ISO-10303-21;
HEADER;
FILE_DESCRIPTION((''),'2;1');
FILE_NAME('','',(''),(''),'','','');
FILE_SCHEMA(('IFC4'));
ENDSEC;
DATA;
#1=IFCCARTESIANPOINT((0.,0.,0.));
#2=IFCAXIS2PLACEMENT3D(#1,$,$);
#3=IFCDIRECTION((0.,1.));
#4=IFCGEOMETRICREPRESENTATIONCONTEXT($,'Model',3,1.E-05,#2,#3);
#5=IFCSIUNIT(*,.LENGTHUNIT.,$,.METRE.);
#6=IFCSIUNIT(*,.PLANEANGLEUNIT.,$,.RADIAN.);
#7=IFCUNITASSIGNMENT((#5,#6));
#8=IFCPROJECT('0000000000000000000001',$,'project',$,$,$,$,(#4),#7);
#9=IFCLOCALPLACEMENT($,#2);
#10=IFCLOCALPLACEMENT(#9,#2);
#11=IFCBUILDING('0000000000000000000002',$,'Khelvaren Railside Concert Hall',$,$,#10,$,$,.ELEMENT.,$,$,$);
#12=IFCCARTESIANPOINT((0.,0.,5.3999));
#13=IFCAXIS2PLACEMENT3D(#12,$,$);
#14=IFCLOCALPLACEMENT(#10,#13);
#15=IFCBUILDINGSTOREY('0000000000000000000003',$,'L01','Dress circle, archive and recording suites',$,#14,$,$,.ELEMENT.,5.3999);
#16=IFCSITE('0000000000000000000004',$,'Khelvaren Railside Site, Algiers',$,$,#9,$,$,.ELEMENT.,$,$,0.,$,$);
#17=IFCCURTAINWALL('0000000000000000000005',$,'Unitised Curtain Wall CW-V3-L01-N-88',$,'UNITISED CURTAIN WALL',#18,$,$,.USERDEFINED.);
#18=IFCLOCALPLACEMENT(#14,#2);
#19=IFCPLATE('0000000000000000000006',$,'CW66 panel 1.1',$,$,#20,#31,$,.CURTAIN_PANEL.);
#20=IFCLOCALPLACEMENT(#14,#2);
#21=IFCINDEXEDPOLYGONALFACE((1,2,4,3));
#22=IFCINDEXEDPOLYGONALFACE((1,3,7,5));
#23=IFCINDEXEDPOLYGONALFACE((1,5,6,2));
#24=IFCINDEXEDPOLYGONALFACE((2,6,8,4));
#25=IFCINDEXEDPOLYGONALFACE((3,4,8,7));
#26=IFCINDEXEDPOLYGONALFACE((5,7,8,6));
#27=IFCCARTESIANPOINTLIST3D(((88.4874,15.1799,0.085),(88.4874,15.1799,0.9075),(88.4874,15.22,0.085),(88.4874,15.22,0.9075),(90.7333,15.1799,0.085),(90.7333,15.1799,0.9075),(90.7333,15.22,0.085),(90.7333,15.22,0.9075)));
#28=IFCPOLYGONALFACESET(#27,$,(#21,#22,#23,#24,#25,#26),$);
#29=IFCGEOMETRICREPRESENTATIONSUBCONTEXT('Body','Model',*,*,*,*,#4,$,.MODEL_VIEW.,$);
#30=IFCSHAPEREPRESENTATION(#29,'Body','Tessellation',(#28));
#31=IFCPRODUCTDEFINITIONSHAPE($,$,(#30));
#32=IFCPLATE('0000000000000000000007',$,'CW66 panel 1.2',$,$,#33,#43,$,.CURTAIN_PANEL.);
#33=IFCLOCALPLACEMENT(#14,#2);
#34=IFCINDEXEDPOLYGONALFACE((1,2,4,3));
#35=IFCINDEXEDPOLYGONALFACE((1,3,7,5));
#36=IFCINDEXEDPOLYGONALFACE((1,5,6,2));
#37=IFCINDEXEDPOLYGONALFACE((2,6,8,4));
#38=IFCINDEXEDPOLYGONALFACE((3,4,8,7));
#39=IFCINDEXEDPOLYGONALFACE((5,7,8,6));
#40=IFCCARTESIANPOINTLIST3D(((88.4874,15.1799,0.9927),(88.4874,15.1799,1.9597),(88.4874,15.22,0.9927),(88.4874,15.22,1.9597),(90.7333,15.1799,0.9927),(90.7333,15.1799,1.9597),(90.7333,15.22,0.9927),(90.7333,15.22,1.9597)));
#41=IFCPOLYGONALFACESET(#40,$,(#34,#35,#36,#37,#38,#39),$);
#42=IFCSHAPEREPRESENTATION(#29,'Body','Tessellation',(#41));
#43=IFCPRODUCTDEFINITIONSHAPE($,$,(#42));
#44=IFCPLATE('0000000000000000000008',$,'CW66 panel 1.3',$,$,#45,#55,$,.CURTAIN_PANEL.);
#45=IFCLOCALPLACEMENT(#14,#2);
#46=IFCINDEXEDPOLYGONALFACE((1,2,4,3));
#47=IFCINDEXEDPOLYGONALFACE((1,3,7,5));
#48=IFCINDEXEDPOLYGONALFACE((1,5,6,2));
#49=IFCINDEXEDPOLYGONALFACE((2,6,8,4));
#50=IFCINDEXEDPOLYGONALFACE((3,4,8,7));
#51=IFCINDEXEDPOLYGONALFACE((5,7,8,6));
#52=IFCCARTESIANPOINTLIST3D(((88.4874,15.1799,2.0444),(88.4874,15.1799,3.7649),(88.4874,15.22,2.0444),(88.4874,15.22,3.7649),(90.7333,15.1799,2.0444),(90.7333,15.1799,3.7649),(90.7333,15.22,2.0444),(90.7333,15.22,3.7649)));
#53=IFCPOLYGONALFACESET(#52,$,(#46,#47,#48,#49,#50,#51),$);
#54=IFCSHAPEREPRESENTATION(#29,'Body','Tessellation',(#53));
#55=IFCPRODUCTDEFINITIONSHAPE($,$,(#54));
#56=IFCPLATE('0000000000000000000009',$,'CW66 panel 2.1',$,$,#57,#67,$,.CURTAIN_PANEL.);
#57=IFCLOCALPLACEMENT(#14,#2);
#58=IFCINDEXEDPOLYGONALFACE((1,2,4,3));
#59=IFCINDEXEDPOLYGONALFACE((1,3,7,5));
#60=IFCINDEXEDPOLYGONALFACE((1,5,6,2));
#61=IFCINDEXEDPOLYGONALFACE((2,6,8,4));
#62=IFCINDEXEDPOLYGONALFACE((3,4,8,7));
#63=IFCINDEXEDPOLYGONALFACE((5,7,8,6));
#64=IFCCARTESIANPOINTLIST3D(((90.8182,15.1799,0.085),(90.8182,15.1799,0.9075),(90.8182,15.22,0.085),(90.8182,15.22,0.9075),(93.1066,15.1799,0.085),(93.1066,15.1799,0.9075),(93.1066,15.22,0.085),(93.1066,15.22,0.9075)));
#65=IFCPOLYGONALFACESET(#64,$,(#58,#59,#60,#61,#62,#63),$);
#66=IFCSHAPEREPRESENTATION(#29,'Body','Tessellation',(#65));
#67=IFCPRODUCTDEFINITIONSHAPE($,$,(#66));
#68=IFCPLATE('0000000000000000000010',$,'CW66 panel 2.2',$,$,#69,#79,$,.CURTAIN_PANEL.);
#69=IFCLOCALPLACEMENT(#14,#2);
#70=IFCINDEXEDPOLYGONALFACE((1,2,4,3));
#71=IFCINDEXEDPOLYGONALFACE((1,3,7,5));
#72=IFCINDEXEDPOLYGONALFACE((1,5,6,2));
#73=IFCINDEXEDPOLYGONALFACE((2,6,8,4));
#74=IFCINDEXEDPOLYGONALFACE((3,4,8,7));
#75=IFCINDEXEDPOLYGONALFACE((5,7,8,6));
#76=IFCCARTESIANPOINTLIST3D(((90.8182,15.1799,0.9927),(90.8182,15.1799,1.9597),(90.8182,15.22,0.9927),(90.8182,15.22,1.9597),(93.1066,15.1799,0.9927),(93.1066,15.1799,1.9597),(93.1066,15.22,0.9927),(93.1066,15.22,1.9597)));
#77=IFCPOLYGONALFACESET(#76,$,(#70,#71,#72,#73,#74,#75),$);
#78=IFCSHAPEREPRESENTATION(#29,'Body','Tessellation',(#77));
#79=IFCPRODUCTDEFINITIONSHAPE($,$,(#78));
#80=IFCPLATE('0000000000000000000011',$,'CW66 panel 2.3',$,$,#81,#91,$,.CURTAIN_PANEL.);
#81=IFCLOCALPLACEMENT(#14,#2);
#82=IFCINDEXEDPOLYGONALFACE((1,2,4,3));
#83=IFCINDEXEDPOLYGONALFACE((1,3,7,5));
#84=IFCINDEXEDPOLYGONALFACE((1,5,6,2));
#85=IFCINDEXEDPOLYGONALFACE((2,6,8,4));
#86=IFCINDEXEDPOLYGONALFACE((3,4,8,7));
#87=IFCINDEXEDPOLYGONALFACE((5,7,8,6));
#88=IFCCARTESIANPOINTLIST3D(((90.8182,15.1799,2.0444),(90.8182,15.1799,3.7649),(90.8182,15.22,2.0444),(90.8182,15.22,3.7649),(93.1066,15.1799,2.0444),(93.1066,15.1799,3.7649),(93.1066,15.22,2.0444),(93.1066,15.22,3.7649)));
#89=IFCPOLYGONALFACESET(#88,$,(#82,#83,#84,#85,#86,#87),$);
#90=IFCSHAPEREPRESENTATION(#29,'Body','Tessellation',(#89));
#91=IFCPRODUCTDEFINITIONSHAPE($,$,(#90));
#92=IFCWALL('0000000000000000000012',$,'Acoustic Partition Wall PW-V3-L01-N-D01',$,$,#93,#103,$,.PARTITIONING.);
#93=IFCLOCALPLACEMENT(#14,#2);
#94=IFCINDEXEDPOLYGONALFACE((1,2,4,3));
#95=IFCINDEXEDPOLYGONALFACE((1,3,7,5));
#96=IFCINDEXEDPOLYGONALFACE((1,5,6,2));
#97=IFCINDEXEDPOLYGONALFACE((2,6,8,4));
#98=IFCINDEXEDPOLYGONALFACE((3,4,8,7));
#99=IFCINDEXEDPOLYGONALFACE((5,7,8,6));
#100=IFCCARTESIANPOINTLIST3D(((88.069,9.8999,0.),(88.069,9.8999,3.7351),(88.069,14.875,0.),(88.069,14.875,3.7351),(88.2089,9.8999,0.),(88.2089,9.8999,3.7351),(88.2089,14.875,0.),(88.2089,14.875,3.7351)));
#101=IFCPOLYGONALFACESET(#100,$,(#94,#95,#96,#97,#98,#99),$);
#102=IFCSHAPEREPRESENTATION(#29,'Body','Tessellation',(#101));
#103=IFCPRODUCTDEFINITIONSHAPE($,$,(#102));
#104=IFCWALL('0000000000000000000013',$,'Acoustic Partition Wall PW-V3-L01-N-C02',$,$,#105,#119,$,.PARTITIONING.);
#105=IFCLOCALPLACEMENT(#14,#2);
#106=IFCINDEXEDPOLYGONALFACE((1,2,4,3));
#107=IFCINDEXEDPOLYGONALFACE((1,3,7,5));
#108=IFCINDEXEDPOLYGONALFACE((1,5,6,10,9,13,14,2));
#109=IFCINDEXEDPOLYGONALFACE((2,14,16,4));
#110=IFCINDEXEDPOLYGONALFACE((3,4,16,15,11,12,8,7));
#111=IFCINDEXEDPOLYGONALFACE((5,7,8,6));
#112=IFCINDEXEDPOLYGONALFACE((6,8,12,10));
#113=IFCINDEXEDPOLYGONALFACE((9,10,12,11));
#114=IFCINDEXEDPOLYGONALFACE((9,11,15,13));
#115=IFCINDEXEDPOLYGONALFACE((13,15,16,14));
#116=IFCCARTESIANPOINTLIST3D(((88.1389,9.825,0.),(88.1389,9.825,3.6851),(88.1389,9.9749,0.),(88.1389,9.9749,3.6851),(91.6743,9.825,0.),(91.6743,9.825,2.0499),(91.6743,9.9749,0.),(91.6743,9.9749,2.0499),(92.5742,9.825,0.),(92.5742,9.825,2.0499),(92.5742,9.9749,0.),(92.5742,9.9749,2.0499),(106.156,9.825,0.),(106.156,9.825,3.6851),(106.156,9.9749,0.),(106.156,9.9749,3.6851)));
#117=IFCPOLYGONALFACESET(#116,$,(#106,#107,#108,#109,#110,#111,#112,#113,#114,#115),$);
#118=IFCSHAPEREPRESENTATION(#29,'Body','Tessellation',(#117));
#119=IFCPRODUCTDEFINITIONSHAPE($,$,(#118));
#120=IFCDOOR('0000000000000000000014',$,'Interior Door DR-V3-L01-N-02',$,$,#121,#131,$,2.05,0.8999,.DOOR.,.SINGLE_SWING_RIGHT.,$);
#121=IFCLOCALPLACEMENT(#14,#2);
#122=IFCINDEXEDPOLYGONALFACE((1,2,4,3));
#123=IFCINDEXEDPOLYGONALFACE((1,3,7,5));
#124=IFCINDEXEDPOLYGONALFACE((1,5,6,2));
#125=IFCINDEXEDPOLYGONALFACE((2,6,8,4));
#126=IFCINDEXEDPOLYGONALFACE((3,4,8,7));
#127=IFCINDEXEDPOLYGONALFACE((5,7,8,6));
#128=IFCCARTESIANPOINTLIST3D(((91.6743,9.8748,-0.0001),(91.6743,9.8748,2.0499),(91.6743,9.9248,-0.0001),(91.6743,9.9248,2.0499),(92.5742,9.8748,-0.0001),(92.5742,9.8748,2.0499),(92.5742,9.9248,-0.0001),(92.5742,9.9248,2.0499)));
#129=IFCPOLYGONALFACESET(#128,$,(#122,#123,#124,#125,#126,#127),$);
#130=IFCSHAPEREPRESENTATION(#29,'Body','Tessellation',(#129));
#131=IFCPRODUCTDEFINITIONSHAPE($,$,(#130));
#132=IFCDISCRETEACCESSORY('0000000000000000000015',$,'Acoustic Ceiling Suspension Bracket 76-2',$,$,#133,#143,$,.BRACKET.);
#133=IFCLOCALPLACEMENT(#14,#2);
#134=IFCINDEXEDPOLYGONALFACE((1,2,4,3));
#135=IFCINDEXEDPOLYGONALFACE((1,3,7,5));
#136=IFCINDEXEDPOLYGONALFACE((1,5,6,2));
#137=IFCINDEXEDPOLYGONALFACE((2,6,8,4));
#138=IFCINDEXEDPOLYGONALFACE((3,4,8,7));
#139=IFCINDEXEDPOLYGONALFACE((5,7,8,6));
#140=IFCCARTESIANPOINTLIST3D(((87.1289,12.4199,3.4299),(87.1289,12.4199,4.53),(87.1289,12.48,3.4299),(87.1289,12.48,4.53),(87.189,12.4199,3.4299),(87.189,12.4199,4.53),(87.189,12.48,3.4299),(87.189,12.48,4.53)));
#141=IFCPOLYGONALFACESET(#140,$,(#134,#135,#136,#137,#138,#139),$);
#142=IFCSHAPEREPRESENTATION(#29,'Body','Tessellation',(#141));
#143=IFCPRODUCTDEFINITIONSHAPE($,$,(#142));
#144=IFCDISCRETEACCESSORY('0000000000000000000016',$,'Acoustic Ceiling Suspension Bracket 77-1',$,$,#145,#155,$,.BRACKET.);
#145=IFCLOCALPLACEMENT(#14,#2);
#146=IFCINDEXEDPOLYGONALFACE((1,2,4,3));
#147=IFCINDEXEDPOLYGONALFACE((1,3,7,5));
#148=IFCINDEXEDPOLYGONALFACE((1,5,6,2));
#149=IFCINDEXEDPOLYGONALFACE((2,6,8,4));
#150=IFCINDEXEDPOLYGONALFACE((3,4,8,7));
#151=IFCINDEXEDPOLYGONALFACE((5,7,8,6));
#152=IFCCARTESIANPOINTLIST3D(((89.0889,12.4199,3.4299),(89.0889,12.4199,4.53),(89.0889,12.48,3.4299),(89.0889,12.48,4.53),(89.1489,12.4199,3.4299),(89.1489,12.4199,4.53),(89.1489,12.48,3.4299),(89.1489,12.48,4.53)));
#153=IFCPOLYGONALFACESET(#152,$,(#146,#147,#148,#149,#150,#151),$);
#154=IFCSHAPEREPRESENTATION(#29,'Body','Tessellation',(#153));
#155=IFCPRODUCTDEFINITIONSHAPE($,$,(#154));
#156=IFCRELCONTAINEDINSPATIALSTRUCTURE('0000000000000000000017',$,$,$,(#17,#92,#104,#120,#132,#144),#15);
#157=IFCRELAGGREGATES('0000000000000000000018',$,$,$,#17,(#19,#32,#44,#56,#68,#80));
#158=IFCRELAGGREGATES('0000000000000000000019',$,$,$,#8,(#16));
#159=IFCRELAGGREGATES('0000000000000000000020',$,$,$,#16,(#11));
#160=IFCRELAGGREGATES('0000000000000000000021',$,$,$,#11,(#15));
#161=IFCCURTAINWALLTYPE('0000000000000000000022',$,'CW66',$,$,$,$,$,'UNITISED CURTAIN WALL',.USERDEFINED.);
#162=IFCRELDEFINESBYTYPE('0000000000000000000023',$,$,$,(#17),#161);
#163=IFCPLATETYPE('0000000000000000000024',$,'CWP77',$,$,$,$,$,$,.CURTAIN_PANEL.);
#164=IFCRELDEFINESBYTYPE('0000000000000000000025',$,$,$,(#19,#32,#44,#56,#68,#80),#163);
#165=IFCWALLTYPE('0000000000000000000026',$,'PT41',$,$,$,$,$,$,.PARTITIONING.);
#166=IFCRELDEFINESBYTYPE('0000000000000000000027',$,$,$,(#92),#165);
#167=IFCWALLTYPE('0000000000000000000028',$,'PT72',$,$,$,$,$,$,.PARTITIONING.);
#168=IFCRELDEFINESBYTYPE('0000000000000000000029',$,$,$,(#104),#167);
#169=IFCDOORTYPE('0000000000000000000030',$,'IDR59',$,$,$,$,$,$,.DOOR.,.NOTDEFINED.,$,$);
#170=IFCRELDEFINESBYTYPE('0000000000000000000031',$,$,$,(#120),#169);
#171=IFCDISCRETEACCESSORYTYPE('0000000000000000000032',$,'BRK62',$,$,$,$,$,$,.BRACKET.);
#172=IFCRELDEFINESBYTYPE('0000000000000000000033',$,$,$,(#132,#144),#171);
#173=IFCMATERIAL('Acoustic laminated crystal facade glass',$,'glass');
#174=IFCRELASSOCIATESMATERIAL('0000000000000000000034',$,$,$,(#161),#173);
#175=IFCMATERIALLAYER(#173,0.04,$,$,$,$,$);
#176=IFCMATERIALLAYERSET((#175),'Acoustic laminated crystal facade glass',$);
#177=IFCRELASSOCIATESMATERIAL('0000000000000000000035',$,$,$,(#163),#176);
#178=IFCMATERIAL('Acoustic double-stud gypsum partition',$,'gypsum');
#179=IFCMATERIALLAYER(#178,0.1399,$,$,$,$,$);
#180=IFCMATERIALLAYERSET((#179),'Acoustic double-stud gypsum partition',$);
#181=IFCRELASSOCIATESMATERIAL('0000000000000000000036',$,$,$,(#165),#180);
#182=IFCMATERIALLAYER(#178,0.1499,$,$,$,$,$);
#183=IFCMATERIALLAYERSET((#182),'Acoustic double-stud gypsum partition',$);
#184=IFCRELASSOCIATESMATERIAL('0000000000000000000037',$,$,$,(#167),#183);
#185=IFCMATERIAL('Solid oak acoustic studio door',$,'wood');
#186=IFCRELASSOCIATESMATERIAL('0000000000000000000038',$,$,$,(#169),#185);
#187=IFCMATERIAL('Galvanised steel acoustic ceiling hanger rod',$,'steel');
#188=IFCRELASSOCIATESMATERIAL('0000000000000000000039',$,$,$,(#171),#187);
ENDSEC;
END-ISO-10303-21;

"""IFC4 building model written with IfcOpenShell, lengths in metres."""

from ifc_helpers import new_model, si_unit, direction, frame, frame_2d, origin, origin_2d, place, context, subcontext, project, spatial, rectangle, extrude, material, layer, layer_set, type_object, element, fill, aggregate, save


model = new_model("IFC4")

# Units and contexts
model_context = context("Model", 3, precision=1e-05, world=origin(), true_north=direction((0.0, 1.0)))
body_context = subcontext(model_context, "Body", "Model", "MODEL_VIEW")
ifc_project = project(units=[si_unit("LENGTHUNIT", "METRE"), si_unit("PLANEANGLEUNIT", "RADIAN")], contexts=[model_context])

# Site, building, storey
site_placement = place(None, origin())
site = spatial("IfcSite", under=ifc_project, at=site_placement, Name="Khelvaren Railside Site, Algiers", CompositionType="ELEMENT", RefElevation=0.0)
building_placement = place(site_placement, origin())
building = spatial("IfcBuilding", under=site, at=building_placement, Name="Khelvaren Railside Concert Hall", CompositionType="ELEMENT")
storey_placement = place(building_placement, frame((0.0, 0.0, 5.3999)))
storey = spatial("IfcBuildingStorey", under=building, at=storey_placement, Name="L01", Description="Dress circle, archive and recording suites", CompositionType="ELEMENT", Elevation=5.3999)

# Curtain wall
ifc_material_1 = material(Name="Acoustic laminated crystal facade glass", Category="glass")
curtain_wall_type = type_object("IfcCurtainWallType", Name="CW66", ElementType="UNITISED CURTAIN WALL", PredefinedType="USERDEFINED", material=ifc_material_1)
curtain_wall_placement = place(storey_placement, origin())
curtain_wall = element("IfcCurtainWall", 1, at=curtain_wall_placement, inside=storey, type_object=curtain_wall_type, Name="Unitised Curtain Wall CW-V3-L01-N-88", ObjectType="UNITISED CURTAIN WALL", PredefinedType="USERDEFINED")

# Plates
ifc_layer_1 = layer(ifc_material_1, 0.04)
ifc_layer_set_1 = layer_set([ifc_layer_1], Name="Acoustic laminated crystal facade glass")
plate_type = type_object("IfcPlateType", Name="CWP77", PredefinedType="CURTAIN_PANEL", material=ifc_layer_set_1)
plate_1_placement = place(storey_placement, frame((89.6104, 15.2, 0.085), z_axis=(0.0, 0.0, 1.0), x_axis=(1.0, 0.0, 0.0)))
plate_1 = element("IfcPlate", 2, at=plate_1_placement, type_object=plate_type, Name="CW66 panel 1.1", PredefinedType="CURTAIN_PANEL", context=body_context, shape_type="SweptSolid", body=[
    extrude(rectangle(XDim=2.2458, YDim=0.04, at=origin_2d()), origin(), (0.0, 0.0, 1.0), 0.8225),
])
plate_2_placement = place(storey_placement, frame((89.6104, 15.2, 0.9927), z_axis=(0.0, 0.0, 1.0), x_axis=(1.0, 0.0, 0.0)))
plate_2 = element("IfcPlate", 3, at=plate_2_placement, type_object=plate_type, Name="CW66 panel 1.2", PredefinedType="CURTAIN_PANEL", context=body_context, shape_type="SweptSolid", body=[
    extrude(rectangle(XDim=2.2458, YDim=0.04, at=origin_2d()), origin(), (0.0, 0.0, 1.0), 0.967),
])
plate_3_placement = place(storey_placement, frame((89.6104, 15.2, 2.0444), z_axis=(0.0, 0.0, 1.0), x_axis=(1.0, 0.0, 0.0)))
plate_3 = element("IfcPlate", 4, at=plate_3_placement, type_object=plate_type, Name="CW66 panel 1.3", PredefinedType="CURTAIN_PANEL", context=body_context, shape_type="SweptSolid", body=[
    extrude(rectangle(XDim=2.2458, YDim=0.04, at=origin_2d()), origin(), (0.0, 0.0, 1.0), 1.7205),
])
plate_4_placement = place(storey_placement, frame((91.9624, 15.2, 0.085), z_axis=(0.0, 0.0, 1.0), x_axis=(1.0, 0.0, 0.0)))
plate_4 = element("IfcPlate", 5, at=plate_4_placement, type_object=plate_type, Name="CW66 panel 2.1", PredefinedType="CURTAIN_PANEL", context=body_context, shape_type="SweptSolid", body=[
    extrude(rectangle(XDim=2.2883, YDim=0.04, at=origin_2d()), origin(), (0.0, 0.0, 1.0), 0.8225),
])
plate_5_placement = place(storey_placement, frame((91.9624, 15.2, 0.9927), z_axis=(0.0, 0.0, 1.0), x_axis=(1.0, 0.0, 0.0)))
plate_5 = element("IfcPlate", 6, at=plate_5_placement, type_object=plate_type, Name="CW66 panel 2.2", PredefinedType="CURTAIN_PANEL", context=body_context, shape_type="SweptSolid", body=[
    extrude(rectangle(XDim=2.2883, YDim=0.04, at=origin_2d()), origin(), (0.0, 0.0, 1.0), 0.967),
])
plate_6_placement = place(storey_placement, frame((91.9624, 15.2, 2.0444), z_axis=(0.0, 0.0, 1.0), x_axis=(1.0, 0.0, 0.0)))
plate_6 = element("IfcPlate", 7, at=plate_6_placement, type_object=plate_type, Name="CW66 panel 2.3", PredefinedType="CURTAIN_PANEL", context=body_context, shape_type="SweptSolid", body=[
    extrude(rectangle(XDim=2.2883, YDim=0.04, at=origin_2d()), origin(), (0.0, 0.0, 1.0), 1.7205),
])
aggregate(curtain_wall, [plate_1, plate_2, plate_3, plate_4, plate_5, plate_6])

# Wall
ifc_material_2 = material(Name="Acoustic double-stud gypsum partition", Category="gypsum")
ifc_layer_2 = layer(ifc_material_2, 0.1399)
ifc_layer_set_2 = layer_set([ifc_layer_2], Name="Acoustic double-stud gypsum partition")
wall_type_1 = type_object("IfcWallType", Name="PT41", PredefinedType="PARTITIONING", material=ifc_layer_set_2)
wall_1_placement = place(storey_placement, frame((88.1389, 9.8999, 0.0), z_axis=(0.0, 0.0, 1.0), x_axis=(0.0, 1.0, 0.0)))
element("IfcWall", 8, at=wall_1_placement, inside=storey, type_object=wall_type_1, Name="Acoustic Partition Wall PW-V3-L01-N-D01", PredefinedType="PARTITIONING", context=body_context, shape_type="SweptSolid", body=[
    extrude(rectangle(XDim=4.9751, YDim=0.1399, at=frame_2d((2.4875, 0.0))), origin(), (0.0, 0.0, 1.0), 3.7351),
])

# Wall, opening, door
ifc_layer_3 = layer(ifc_material_2, 0.1499)
ifc_layer_set_3 = layer_set([ifc_layer_3], Name="Acoustic double-stud gypsum partition")
wall_type_2 = type_object("IfcWallType", Name="PT72", PredefinedType="PARTITIONING", material=ifc_layer_set_3)
wall_2_placement = place(storey_placement, frame((88.1389, 9.8999, 0.0), z_axis=(0.0, 0.0, 1.0), x_axis=(1.0, 0.0, 0.0)))
wall_2 = element("IfcWall", 9, at=wall_2_placement, inside=storey, type_object=wall_type_2, Name="Acoustic Partition Wall PW-V3-L01-N-C02", PredefinedType="PARTITIONING", context=body_context, shape_type="SweptSolid", body=[
    extrude(rectangle(XDim=18.0171, YDim=0.1499, at=frame_2d((9.0085, 0.0))), origin(), (0.0, 0.0, 1.0), 3.6851),
])
opening_placement = place(wall_2_placement, frame((3.5354, 0.0, 0.0)))
opening = element("IfcOpeningElement", 10, at=opening_placement, cuts=wall_2, PredefinedType="OPENING", context=body_context, shape_type="SweptSolid", body=[
    extrude(rectangle(XDim=0.8999, YDim=2.05, at=frame_2d((0.45, 1.0249))), frame((0.0, 0.085, 0.0), z_axis=(0.0, -1.0, 0.0), x_axis=(1.0, 0.0, 0.0)), (0.0, 0.0, 1.0), 0.1699),
])
ifc_material_3 = material(Name="Solid oak acoustic studio door", Category="wood")
door_type = type_object("IfcDoorType", Name="IDR59", OperationType="NOTDEFINED", PredefinedType="DOOR", material=ifc_material_3)
door_placement = place(opening_placement, origin())
door = element("IfcDoor", 11, at=door_placement, inside=storey, type_object=door_type, Name="Interior Door DR-V3-L01-N-02", OperationType="SINGLE_SWING_RIGHT", OverallHeight=2.05, OverallWidth=0.8999, PredefinedType="DOOR", context=body_context, shape_type="SweptSolid", body=[
    extrude(rectangle(XDim=0.8999, YDim=2.05, at=frame_2d((0.45, 1.0249))), frame((0.0, 0.0249, 0.0), z_axis=(0.0, -1.0, 0.0), x_axis=(1.0, 0.0, 0.0)), (0.0, 0.0, 1.0), 0.05),
])
fill(opening, door)

# Discrete accessories
ifc_material_4 = material(Name="Galvanised steel acoustic ceiling hanger rod", Category="steel")
discrete_accessory_type = type_object("IfcDiscreteAccessoryType", Name="BRK62", PredefinedType="BRACKET", material=ifc_material_4)
for number, where, z_axis, x_axis, name in (
    (12, (87.1589, 12.45, 3.4299), (0.0, 0.0, 1.0), (1.0, 0.0, 0.0), "Acoustic Ceiling Suspension Bracket 76-2"),
    (13, (89.1189, 12.45, 3.4299), (0.0, 0.0, 1.0), (1.0, 0.0, 0.0), "Acoustic Ceiling Suspension Bracket 77-1"),
):
    element("IfcDiscreteAccessory", number, at=place(storey_placement, frame(where, z_axis=z_axis, x_axis=x_axis)), inside=storey, type_object=discrete_accessory_type, Name=name, PredefinedType="BRACKET", context=body_context, shape_type="SweptSolid", body=[
        extrude(rectangle(XDim=0.0601, YDim=0.0601, at=origin_2d()), origin(), (0.0, 0.0, 1.0), 1.1001),
    ])

save(model, "model.ifc")
